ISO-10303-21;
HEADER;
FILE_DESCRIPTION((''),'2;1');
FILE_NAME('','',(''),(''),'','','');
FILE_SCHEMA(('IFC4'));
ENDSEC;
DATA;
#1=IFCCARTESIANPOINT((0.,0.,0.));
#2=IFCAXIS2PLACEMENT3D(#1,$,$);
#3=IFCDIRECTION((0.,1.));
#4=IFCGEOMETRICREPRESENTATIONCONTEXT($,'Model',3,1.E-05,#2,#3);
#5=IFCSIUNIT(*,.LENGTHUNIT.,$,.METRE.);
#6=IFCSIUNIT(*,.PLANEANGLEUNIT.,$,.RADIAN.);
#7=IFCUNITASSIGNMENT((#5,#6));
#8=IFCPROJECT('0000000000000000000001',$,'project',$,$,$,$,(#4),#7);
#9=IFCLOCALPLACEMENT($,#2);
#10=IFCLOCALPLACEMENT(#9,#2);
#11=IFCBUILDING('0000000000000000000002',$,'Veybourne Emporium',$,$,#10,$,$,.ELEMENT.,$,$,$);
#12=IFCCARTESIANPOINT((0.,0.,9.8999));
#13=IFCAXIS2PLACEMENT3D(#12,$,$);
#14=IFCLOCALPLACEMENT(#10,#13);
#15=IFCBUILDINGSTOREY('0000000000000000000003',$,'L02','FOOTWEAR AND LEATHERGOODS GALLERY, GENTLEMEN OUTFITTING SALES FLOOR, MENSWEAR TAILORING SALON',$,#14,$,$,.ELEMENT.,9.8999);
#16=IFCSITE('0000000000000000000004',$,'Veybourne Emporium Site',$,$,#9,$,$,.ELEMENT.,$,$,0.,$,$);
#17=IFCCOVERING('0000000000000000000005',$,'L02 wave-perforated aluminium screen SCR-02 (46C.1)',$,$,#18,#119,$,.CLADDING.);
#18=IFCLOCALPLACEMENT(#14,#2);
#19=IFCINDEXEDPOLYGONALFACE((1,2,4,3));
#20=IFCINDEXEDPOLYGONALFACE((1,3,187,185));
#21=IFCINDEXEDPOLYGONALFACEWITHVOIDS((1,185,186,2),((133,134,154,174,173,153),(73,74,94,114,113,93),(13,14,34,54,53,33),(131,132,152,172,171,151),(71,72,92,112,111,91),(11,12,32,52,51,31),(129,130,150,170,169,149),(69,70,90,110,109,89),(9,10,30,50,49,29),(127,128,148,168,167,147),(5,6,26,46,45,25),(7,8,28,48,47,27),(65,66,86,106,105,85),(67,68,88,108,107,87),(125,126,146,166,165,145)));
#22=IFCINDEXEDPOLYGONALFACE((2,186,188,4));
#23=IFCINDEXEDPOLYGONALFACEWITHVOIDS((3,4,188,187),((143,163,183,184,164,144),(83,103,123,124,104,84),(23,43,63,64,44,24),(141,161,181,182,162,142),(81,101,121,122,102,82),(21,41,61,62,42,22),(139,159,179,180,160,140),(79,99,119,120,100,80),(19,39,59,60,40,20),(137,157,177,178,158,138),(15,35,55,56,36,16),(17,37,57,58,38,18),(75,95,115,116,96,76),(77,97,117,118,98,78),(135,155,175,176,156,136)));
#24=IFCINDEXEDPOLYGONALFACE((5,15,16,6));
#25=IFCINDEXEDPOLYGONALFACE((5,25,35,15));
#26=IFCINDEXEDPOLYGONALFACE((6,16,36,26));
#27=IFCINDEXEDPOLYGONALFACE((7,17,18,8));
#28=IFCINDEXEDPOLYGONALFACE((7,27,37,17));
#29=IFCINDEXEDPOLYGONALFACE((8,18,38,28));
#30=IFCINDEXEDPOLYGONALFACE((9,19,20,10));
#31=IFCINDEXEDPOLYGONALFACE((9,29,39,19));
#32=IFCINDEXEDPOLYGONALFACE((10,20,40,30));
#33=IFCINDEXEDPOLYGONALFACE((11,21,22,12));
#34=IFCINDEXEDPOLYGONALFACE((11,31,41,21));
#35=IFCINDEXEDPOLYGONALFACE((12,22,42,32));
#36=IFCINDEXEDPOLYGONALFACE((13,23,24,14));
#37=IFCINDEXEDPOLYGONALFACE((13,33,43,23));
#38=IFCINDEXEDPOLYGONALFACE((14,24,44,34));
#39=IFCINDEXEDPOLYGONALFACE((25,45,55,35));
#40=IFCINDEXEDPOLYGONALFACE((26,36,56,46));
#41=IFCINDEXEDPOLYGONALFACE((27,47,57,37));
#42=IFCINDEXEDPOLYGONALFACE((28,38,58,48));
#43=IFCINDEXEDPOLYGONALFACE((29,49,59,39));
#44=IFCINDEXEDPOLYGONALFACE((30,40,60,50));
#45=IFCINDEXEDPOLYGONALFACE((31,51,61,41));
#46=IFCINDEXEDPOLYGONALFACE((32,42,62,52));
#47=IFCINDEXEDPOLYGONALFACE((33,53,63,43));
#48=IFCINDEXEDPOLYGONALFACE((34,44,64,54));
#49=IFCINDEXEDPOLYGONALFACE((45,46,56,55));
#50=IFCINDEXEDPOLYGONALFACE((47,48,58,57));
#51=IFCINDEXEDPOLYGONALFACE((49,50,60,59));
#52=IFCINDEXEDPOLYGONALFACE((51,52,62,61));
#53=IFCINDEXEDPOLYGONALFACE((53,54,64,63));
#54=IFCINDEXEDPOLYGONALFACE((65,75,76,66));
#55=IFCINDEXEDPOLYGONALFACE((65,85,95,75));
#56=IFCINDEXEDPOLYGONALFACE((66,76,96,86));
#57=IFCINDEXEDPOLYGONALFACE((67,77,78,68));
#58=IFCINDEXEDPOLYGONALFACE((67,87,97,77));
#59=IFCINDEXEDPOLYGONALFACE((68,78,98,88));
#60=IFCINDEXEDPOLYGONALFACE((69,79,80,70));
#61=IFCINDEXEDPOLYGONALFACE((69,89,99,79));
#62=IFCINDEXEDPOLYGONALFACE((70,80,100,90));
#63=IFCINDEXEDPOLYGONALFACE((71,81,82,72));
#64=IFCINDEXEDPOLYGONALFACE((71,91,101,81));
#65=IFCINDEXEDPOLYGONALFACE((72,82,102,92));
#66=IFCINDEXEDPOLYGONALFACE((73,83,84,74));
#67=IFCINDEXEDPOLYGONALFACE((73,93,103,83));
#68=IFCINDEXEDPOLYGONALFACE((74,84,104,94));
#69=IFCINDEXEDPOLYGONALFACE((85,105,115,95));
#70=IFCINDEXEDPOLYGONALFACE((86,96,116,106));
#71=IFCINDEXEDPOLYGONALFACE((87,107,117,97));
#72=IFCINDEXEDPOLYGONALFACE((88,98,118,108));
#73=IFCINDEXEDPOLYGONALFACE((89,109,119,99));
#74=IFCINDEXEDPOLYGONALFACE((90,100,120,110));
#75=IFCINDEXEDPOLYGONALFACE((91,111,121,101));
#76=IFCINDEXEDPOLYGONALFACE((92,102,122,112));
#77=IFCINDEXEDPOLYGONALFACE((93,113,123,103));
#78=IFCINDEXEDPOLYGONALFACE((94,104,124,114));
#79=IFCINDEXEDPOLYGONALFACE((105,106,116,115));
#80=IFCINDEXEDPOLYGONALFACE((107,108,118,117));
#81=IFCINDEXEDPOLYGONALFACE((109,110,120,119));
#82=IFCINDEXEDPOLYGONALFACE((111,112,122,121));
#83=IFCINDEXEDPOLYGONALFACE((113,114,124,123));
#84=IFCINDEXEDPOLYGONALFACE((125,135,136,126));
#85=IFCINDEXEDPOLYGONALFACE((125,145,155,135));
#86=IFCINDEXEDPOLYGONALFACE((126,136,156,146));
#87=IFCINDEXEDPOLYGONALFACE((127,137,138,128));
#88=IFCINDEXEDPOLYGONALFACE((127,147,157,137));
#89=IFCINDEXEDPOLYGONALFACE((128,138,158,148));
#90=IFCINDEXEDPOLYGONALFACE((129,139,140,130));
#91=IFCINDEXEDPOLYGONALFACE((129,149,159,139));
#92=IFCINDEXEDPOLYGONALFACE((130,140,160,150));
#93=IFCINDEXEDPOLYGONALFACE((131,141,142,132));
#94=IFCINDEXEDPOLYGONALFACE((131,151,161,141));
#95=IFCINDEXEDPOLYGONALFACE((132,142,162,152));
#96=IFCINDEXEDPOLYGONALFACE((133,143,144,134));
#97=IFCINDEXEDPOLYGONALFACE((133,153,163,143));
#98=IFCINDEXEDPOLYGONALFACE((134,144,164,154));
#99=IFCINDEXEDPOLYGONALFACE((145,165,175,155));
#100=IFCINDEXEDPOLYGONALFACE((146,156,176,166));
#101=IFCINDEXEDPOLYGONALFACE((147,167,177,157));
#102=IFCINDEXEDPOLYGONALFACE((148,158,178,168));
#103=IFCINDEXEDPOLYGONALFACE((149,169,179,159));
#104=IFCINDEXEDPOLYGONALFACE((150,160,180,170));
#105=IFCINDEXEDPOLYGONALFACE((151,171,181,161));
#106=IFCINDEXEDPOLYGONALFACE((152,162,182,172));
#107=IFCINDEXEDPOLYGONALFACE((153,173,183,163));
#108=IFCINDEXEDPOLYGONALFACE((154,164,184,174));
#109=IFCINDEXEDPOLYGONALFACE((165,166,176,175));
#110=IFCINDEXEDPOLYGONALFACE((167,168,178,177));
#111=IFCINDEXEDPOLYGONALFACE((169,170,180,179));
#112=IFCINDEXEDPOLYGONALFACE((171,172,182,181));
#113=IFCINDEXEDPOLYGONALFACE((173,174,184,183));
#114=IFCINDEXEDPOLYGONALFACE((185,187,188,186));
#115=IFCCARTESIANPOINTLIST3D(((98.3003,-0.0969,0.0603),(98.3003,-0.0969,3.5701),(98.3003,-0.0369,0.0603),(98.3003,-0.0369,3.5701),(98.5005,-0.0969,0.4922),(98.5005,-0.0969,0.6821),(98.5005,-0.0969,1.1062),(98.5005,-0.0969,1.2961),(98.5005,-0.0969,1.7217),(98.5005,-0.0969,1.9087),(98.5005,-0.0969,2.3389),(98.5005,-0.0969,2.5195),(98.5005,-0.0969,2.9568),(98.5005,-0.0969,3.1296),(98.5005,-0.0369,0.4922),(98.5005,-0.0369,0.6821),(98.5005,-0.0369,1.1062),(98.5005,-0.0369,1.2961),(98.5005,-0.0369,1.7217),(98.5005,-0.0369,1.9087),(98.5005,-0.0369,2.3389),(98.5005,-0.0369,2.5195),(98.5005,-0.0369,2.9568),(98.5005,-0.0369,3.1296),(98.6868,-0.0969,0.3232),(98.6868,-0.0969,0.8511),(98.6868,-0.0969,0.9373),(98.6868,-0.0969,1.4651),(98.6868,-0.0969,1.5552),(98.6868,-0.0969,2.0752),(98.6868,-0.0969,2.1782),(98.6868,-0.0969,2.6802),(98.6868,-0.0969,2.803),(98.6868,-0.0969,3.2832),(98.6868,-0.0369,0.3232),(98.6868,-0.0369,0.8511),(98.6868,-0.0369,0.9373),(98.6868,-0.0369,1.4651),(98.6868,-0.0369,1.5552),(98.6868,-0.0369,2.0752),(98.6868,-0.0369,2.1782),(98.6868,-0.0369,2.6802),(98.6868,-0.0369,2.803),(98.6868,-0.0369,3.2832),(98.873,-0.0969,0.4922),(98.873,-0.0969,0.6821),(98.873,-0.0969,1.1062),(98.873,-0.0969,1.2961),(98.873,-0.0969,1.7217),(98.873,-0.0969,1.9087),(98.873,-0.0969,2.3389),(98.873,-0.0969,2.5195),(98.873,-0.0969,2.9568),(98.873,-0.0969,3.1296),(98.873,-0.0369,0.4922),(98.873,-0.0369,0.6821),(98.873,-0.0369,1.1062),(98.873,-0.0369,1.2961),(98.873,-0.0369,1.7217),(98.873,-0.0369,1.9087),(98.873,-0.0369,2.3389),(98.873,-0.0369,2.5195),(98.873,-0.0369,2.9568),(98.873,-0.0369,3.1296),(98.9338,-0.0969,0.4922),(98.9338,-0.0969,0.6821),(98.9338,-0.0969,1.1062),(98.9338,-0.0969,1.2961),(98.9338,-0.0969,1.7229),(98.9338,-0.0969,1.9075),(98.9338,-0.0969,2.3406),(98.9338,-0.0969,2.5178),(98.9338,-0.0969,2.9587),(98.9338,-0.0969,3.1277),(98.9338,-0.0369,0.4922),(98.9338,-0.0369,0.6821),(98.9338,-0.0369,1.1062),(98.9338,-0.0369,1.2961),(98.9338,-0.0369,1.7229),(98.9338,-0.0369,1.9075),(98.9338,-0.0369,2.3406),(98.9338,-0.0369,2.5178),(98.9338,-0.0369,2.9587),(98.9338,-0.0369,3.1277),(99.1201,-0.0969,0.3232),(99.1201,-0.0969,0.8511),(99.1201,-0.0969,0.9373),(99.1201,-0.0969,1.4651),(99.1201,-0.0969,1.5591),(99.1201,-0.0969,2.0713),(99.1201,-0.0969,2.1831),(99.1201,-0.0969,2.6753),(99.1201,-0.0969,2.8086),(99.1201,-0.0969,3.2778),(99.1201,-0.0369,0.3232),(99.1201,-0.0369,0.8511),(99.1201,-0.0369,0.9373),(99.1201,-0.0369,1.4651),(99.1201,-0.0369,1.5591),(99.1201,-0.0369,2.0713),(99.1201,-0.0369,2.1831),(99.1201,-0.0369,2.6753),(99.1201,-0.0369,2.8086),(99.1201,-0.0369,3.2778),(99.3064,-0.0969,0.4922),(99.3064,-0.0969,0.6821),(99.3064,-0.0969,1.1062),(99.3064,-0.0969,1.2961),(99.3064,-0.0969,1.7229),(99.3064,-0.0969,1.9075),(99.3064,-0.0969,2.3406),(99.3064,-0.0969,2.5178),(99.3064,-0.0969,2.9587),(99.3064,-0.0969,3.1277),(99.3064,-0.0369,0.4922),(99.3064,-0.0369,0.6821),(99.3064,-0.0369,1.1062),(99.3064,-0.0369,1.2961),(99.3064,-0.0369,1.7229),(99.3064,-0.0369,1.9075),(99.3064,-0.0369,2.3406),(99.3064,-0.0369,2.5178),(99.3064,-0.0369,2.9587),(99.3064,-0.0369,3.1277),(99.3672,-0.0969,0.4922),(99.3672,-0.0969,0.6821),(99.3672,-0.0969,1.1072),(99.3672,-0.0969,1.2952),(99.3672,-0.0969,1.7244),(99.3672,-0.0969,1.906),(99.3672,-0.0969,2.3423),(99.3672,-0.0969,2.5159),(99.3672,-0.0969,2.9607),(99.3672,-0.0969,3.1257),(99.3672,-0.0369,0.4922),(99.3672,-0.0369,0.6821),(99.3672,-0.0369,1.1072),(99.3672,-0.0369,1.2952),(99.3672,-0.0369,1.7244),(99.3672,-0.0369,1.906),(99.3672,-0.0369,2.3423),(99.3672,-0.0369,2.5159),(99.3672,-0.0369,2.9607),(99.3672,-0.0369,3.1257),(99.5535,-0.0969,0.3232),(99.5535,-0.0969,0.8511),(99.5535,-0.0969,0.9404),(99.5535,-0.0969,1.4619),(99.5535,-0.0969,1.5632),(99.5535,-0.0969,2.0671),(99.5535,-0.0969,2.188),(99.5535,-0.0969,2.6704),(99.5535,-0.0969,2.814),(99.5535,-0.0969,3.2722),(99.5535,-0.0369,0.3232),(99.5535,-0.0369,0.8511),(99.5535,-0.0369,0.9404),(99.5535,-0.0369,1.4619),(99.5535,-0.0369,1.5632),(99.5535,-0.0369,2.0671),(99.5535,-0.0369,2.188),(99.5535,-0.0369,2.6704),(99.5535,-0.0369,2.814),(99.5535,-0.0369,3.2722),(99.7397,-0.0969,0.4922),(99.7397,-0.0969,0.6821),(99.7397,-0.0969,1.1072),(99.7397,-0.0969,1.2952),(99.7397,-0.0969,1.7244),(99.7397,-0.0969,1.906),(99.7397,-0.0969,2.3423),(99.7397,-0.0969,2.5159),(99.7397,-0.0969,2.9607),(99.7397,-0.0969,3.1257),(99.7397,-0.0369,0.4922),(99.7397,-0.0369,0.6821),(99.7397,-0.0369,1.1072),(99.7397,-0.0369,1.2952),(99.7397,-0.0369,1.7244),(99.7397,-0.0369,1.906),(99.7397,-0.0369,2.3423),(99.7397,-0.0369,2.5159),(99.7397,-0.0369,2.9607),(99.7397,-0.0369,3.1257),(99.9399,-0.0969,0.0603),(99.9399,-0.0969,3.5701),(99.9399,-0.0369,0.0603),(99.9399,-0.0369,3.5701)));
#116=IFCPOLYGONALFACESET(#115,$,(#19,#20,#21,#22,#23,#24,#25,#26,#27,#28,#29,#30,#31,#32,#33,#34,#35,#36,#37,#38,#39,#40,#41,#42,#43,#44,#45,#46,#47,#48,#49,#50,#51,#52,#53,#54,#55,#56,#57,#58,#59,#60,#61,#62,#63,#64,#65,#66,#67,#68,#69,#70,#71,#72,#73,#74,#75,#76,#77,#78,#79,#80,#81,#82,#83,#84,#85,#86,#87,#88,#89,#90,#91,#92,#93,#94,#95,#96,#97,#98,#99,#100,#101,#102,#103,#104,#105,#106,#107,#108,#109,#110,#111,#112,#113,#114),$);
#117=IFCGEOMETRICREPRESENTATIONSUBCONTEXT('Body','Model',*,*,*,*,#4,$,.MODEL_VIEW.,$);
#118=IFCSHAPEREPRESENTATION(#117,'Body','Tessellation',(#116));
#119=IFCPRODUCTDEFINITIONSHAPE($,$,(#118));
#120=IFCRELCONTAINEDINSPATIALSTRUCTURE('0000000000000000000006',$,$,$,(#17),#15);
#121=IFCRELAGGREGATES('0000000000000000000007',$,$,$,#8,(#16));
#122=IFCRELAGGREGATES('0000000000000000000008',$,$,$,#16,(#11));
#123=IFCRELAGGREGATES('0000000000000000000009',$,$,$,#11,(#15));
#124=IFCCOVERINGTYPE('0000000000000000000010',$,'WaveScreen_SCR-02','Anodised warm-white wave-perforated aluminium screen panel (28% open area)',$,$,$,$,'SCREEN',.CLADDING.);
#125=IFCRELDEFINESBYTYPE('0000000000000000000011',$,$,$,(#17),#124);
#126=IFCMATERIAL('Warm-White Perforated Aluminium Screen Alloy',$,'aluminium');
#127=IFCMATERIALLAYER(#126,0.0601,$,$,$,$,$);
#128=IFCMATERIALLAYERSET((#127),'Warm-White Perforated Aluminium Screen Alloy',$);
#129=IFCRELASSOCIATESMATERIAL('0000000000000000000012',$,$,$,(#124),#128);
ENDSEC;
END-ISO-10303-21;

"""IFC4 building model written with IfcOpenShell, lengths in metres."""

from ifc_helpers import new_model, si_unit, direction, frame, origin, place, context, subcontext, project, spatial, polyline, outline, extrude, material, layer, layer_set, type_object, element, save


model = new_model("IFC4")

# Units and contexts
model_context = context("Model", 3, precision=1e-05, world=origin(), true_north=direction((0.0, 1.0)))
body_context = subcontext(model_context, "Body", "Model", "MODEL_VIEW")
ifc_project = project(units=[si_unit("LENGTHUNIT", "METRE"), si_unit("PLANEANGLEUNIT", "RADIAN")], contexts=[model_context])

# Site, building, storey
site_placement = place(None, origin())
site = spatial("IfcSite", under=ifc_project, at=site_placement, Name="Veybourne Emporium Site", CompositionType="ELEMENT", RefElevation=0.0)
building_placement = place(site_placement, origin())
building = spatial("IfcBuilding", under=site, at=building_placement, Name="Veybourne Emporium", CompositionType="ELEMENT")
storey_placement = place(building_placement, frame((0.0, 0.0, 9.8999)))
storey = spatial("IfcBuildingStorey", under=building, at=storey_placement, Name="L02", Description="FOOTWEAR AND LEATHERGOODS GALLERY, GENTLEMEN OUTFITTING SALES FLOOR, MENSWEAR TAILORING SALON", CompositionType="ELEMENT", Elevation=9.8999)

# Covering
ifc_material_1 = material(Name="Warm-White Perforated Aluminium Screen Alloy", Category="aluminium")
ifc_layer_1 = layer(ifc_material_1, 0.0601)
ifc_layer_set_1 = layer_set([ifc_layer_1], Name="Warm-White Perforated Aluminium Screen Alloy")
covering_type_1 = type_object("IfcCoveringType", Name="WaveScreen_SCR-02", Description="Anodised warm-white wave-perforated aluminium screen panel (28% open area)", ElementType="SCREEN", PredefinedType="CLADDING", material=ifc_layer_set_1)
covering_1_placement = place(storey_placement, frame((99.1201, -0.0969, 1.8152), z_axis=(0.0, 1.0, 0.0), x_axis=(-1.0, 0.0, 0.0)))
element("IfcCovering", 1, at=covering_1_placement, inside=storey, type_object=covering_type_1, Name="L02 wave-perforated aluminium screen SCR-02 (46C.1)", PredefinedType="CLADDING", context=body_context, shape_type="SweptSolid", body=[
    extrude(outline(polyline([(-0.8198, -1.7549), (0.8198, -1.7549), (0.8198, 1.7549), (-0.8198, 1.7549), (-0.8198, -1.7549)]), holes=[polyline([(-0.4333, -0.9641), (-0.2471, -1.1331), (-0.2471, -1.323), (-0.4333, -1.4919), (-0.6196, -1.323), (-0.6196, -1.1331), (-0.4333, -0.9641)]), polyline([(-0.4333, -0.3533), (-0.2471, -0.52), (-0.2471, -0.708), (-0.4333, -0.8748), (-0.6196, -0.708), (-0.6196, -0.52), (-0.4333, -0.3533)]), polyline([(-0.4333, 0.252), (-0.2471, 0.0908), (-0.2471, -0.0908), (-0.4333, -0.252), (-0.6196, -0.0908), (-0.6196, 0.0908), (-0.4333, 0.252)]), polyline([(-0.4333, 0.8552), (-0.2471, 0.7007), (-0.2471, 0.5271), (-0.4333, 0.3728), (-0.6196, 0.5271), (-0.6196, 0.7007), (-0.4333, 0.8552)]), polyline([(-0.4333, 1.457), (-0.2471, 1.3105), (-0.2471, 1.1455), (-0.4333, 0.9988), (-0.6196, 1.1455), (-0.6196, 1.3105), (-0.4333, 1.457)]), polyline([(0.0, -0.9641), (0.1863, -1.1331), (0.1863, -1.323), (0.0, -1.4919), (-0.1863, -1.323), (-0.1863, -1.1331), (0.0, -0.9641)]), polyline([(0.0, -0.3501), (0.1863, -0.519), (0.1863, -0.709), (0.0, -0.8779), (-0.1863, -0.709), (-0.1863, -0.519), (0.0, -0.3501)]), polyline([(0.0, 0.2561), (0.1863, 0.0923), (0.1863, -0.0923), (0.0, -0.2561), (-0.1863, -0.0923), (-0.1863, 0.0923), (0.0, 0.2561)]), polyline([(0.0, 0.8601), (0.1863, 0.7026), (0.1863, 0.5254), (0.0, 0.3679), (-0.1863, 0.5254), (-0.1863, 0.7026), (0.0, 0.8601)]), polyline([(0.0, 1.4626), (0.1863, 1.3125), (0.1863, 1.1436), (0.0, 0.9934), (-0.1863, 1.1436), (-0.1863, 1.3125), (0.0, 1.4626)]), polyline([(0.4333, -0.9641), (0.6196, -1.1331), (0.6196, -1.323), (0.4333, -1.4919), (0.2471, -1.323), (0.2471, -1.1331), (0.4333, -0.9641)]), polyline([(0.4333, -0.3501), (0.6196, -0.519), (0.6196, -0.709), (0.4333, -0.8779), (0.2471, -0.709), (0.2471, -0.519), (0.4333, -0.3501)]), polyline([(0.4333, 0.26), (0.6196, 0.0935), (0.6196, -0.0935), (0.4333, -0.26), (0.2471, -0.0935), (0.2471, 0.0935), (0.4333, 0.26)]), polyline([(0.4333, 0.865), (0.6196, 0.7043), (0.6196, 0.5237), (0.4333, 0.363), (0.2471, 0.5237), (0.2471, 0.7043), (0.4333, 0.865)]), polyline([(0.4333, 1.468), (0.6196, 1.3145), (0.6196, 1.1416), (0.4333, 0.9878), (0.2471, 1.1416), (0.2471, 1.3145), (0.4333, 1.468)])]), origin(), (0.0, 0.0, 1.0), 0.0601),
])

save(model, "model.ifc")
